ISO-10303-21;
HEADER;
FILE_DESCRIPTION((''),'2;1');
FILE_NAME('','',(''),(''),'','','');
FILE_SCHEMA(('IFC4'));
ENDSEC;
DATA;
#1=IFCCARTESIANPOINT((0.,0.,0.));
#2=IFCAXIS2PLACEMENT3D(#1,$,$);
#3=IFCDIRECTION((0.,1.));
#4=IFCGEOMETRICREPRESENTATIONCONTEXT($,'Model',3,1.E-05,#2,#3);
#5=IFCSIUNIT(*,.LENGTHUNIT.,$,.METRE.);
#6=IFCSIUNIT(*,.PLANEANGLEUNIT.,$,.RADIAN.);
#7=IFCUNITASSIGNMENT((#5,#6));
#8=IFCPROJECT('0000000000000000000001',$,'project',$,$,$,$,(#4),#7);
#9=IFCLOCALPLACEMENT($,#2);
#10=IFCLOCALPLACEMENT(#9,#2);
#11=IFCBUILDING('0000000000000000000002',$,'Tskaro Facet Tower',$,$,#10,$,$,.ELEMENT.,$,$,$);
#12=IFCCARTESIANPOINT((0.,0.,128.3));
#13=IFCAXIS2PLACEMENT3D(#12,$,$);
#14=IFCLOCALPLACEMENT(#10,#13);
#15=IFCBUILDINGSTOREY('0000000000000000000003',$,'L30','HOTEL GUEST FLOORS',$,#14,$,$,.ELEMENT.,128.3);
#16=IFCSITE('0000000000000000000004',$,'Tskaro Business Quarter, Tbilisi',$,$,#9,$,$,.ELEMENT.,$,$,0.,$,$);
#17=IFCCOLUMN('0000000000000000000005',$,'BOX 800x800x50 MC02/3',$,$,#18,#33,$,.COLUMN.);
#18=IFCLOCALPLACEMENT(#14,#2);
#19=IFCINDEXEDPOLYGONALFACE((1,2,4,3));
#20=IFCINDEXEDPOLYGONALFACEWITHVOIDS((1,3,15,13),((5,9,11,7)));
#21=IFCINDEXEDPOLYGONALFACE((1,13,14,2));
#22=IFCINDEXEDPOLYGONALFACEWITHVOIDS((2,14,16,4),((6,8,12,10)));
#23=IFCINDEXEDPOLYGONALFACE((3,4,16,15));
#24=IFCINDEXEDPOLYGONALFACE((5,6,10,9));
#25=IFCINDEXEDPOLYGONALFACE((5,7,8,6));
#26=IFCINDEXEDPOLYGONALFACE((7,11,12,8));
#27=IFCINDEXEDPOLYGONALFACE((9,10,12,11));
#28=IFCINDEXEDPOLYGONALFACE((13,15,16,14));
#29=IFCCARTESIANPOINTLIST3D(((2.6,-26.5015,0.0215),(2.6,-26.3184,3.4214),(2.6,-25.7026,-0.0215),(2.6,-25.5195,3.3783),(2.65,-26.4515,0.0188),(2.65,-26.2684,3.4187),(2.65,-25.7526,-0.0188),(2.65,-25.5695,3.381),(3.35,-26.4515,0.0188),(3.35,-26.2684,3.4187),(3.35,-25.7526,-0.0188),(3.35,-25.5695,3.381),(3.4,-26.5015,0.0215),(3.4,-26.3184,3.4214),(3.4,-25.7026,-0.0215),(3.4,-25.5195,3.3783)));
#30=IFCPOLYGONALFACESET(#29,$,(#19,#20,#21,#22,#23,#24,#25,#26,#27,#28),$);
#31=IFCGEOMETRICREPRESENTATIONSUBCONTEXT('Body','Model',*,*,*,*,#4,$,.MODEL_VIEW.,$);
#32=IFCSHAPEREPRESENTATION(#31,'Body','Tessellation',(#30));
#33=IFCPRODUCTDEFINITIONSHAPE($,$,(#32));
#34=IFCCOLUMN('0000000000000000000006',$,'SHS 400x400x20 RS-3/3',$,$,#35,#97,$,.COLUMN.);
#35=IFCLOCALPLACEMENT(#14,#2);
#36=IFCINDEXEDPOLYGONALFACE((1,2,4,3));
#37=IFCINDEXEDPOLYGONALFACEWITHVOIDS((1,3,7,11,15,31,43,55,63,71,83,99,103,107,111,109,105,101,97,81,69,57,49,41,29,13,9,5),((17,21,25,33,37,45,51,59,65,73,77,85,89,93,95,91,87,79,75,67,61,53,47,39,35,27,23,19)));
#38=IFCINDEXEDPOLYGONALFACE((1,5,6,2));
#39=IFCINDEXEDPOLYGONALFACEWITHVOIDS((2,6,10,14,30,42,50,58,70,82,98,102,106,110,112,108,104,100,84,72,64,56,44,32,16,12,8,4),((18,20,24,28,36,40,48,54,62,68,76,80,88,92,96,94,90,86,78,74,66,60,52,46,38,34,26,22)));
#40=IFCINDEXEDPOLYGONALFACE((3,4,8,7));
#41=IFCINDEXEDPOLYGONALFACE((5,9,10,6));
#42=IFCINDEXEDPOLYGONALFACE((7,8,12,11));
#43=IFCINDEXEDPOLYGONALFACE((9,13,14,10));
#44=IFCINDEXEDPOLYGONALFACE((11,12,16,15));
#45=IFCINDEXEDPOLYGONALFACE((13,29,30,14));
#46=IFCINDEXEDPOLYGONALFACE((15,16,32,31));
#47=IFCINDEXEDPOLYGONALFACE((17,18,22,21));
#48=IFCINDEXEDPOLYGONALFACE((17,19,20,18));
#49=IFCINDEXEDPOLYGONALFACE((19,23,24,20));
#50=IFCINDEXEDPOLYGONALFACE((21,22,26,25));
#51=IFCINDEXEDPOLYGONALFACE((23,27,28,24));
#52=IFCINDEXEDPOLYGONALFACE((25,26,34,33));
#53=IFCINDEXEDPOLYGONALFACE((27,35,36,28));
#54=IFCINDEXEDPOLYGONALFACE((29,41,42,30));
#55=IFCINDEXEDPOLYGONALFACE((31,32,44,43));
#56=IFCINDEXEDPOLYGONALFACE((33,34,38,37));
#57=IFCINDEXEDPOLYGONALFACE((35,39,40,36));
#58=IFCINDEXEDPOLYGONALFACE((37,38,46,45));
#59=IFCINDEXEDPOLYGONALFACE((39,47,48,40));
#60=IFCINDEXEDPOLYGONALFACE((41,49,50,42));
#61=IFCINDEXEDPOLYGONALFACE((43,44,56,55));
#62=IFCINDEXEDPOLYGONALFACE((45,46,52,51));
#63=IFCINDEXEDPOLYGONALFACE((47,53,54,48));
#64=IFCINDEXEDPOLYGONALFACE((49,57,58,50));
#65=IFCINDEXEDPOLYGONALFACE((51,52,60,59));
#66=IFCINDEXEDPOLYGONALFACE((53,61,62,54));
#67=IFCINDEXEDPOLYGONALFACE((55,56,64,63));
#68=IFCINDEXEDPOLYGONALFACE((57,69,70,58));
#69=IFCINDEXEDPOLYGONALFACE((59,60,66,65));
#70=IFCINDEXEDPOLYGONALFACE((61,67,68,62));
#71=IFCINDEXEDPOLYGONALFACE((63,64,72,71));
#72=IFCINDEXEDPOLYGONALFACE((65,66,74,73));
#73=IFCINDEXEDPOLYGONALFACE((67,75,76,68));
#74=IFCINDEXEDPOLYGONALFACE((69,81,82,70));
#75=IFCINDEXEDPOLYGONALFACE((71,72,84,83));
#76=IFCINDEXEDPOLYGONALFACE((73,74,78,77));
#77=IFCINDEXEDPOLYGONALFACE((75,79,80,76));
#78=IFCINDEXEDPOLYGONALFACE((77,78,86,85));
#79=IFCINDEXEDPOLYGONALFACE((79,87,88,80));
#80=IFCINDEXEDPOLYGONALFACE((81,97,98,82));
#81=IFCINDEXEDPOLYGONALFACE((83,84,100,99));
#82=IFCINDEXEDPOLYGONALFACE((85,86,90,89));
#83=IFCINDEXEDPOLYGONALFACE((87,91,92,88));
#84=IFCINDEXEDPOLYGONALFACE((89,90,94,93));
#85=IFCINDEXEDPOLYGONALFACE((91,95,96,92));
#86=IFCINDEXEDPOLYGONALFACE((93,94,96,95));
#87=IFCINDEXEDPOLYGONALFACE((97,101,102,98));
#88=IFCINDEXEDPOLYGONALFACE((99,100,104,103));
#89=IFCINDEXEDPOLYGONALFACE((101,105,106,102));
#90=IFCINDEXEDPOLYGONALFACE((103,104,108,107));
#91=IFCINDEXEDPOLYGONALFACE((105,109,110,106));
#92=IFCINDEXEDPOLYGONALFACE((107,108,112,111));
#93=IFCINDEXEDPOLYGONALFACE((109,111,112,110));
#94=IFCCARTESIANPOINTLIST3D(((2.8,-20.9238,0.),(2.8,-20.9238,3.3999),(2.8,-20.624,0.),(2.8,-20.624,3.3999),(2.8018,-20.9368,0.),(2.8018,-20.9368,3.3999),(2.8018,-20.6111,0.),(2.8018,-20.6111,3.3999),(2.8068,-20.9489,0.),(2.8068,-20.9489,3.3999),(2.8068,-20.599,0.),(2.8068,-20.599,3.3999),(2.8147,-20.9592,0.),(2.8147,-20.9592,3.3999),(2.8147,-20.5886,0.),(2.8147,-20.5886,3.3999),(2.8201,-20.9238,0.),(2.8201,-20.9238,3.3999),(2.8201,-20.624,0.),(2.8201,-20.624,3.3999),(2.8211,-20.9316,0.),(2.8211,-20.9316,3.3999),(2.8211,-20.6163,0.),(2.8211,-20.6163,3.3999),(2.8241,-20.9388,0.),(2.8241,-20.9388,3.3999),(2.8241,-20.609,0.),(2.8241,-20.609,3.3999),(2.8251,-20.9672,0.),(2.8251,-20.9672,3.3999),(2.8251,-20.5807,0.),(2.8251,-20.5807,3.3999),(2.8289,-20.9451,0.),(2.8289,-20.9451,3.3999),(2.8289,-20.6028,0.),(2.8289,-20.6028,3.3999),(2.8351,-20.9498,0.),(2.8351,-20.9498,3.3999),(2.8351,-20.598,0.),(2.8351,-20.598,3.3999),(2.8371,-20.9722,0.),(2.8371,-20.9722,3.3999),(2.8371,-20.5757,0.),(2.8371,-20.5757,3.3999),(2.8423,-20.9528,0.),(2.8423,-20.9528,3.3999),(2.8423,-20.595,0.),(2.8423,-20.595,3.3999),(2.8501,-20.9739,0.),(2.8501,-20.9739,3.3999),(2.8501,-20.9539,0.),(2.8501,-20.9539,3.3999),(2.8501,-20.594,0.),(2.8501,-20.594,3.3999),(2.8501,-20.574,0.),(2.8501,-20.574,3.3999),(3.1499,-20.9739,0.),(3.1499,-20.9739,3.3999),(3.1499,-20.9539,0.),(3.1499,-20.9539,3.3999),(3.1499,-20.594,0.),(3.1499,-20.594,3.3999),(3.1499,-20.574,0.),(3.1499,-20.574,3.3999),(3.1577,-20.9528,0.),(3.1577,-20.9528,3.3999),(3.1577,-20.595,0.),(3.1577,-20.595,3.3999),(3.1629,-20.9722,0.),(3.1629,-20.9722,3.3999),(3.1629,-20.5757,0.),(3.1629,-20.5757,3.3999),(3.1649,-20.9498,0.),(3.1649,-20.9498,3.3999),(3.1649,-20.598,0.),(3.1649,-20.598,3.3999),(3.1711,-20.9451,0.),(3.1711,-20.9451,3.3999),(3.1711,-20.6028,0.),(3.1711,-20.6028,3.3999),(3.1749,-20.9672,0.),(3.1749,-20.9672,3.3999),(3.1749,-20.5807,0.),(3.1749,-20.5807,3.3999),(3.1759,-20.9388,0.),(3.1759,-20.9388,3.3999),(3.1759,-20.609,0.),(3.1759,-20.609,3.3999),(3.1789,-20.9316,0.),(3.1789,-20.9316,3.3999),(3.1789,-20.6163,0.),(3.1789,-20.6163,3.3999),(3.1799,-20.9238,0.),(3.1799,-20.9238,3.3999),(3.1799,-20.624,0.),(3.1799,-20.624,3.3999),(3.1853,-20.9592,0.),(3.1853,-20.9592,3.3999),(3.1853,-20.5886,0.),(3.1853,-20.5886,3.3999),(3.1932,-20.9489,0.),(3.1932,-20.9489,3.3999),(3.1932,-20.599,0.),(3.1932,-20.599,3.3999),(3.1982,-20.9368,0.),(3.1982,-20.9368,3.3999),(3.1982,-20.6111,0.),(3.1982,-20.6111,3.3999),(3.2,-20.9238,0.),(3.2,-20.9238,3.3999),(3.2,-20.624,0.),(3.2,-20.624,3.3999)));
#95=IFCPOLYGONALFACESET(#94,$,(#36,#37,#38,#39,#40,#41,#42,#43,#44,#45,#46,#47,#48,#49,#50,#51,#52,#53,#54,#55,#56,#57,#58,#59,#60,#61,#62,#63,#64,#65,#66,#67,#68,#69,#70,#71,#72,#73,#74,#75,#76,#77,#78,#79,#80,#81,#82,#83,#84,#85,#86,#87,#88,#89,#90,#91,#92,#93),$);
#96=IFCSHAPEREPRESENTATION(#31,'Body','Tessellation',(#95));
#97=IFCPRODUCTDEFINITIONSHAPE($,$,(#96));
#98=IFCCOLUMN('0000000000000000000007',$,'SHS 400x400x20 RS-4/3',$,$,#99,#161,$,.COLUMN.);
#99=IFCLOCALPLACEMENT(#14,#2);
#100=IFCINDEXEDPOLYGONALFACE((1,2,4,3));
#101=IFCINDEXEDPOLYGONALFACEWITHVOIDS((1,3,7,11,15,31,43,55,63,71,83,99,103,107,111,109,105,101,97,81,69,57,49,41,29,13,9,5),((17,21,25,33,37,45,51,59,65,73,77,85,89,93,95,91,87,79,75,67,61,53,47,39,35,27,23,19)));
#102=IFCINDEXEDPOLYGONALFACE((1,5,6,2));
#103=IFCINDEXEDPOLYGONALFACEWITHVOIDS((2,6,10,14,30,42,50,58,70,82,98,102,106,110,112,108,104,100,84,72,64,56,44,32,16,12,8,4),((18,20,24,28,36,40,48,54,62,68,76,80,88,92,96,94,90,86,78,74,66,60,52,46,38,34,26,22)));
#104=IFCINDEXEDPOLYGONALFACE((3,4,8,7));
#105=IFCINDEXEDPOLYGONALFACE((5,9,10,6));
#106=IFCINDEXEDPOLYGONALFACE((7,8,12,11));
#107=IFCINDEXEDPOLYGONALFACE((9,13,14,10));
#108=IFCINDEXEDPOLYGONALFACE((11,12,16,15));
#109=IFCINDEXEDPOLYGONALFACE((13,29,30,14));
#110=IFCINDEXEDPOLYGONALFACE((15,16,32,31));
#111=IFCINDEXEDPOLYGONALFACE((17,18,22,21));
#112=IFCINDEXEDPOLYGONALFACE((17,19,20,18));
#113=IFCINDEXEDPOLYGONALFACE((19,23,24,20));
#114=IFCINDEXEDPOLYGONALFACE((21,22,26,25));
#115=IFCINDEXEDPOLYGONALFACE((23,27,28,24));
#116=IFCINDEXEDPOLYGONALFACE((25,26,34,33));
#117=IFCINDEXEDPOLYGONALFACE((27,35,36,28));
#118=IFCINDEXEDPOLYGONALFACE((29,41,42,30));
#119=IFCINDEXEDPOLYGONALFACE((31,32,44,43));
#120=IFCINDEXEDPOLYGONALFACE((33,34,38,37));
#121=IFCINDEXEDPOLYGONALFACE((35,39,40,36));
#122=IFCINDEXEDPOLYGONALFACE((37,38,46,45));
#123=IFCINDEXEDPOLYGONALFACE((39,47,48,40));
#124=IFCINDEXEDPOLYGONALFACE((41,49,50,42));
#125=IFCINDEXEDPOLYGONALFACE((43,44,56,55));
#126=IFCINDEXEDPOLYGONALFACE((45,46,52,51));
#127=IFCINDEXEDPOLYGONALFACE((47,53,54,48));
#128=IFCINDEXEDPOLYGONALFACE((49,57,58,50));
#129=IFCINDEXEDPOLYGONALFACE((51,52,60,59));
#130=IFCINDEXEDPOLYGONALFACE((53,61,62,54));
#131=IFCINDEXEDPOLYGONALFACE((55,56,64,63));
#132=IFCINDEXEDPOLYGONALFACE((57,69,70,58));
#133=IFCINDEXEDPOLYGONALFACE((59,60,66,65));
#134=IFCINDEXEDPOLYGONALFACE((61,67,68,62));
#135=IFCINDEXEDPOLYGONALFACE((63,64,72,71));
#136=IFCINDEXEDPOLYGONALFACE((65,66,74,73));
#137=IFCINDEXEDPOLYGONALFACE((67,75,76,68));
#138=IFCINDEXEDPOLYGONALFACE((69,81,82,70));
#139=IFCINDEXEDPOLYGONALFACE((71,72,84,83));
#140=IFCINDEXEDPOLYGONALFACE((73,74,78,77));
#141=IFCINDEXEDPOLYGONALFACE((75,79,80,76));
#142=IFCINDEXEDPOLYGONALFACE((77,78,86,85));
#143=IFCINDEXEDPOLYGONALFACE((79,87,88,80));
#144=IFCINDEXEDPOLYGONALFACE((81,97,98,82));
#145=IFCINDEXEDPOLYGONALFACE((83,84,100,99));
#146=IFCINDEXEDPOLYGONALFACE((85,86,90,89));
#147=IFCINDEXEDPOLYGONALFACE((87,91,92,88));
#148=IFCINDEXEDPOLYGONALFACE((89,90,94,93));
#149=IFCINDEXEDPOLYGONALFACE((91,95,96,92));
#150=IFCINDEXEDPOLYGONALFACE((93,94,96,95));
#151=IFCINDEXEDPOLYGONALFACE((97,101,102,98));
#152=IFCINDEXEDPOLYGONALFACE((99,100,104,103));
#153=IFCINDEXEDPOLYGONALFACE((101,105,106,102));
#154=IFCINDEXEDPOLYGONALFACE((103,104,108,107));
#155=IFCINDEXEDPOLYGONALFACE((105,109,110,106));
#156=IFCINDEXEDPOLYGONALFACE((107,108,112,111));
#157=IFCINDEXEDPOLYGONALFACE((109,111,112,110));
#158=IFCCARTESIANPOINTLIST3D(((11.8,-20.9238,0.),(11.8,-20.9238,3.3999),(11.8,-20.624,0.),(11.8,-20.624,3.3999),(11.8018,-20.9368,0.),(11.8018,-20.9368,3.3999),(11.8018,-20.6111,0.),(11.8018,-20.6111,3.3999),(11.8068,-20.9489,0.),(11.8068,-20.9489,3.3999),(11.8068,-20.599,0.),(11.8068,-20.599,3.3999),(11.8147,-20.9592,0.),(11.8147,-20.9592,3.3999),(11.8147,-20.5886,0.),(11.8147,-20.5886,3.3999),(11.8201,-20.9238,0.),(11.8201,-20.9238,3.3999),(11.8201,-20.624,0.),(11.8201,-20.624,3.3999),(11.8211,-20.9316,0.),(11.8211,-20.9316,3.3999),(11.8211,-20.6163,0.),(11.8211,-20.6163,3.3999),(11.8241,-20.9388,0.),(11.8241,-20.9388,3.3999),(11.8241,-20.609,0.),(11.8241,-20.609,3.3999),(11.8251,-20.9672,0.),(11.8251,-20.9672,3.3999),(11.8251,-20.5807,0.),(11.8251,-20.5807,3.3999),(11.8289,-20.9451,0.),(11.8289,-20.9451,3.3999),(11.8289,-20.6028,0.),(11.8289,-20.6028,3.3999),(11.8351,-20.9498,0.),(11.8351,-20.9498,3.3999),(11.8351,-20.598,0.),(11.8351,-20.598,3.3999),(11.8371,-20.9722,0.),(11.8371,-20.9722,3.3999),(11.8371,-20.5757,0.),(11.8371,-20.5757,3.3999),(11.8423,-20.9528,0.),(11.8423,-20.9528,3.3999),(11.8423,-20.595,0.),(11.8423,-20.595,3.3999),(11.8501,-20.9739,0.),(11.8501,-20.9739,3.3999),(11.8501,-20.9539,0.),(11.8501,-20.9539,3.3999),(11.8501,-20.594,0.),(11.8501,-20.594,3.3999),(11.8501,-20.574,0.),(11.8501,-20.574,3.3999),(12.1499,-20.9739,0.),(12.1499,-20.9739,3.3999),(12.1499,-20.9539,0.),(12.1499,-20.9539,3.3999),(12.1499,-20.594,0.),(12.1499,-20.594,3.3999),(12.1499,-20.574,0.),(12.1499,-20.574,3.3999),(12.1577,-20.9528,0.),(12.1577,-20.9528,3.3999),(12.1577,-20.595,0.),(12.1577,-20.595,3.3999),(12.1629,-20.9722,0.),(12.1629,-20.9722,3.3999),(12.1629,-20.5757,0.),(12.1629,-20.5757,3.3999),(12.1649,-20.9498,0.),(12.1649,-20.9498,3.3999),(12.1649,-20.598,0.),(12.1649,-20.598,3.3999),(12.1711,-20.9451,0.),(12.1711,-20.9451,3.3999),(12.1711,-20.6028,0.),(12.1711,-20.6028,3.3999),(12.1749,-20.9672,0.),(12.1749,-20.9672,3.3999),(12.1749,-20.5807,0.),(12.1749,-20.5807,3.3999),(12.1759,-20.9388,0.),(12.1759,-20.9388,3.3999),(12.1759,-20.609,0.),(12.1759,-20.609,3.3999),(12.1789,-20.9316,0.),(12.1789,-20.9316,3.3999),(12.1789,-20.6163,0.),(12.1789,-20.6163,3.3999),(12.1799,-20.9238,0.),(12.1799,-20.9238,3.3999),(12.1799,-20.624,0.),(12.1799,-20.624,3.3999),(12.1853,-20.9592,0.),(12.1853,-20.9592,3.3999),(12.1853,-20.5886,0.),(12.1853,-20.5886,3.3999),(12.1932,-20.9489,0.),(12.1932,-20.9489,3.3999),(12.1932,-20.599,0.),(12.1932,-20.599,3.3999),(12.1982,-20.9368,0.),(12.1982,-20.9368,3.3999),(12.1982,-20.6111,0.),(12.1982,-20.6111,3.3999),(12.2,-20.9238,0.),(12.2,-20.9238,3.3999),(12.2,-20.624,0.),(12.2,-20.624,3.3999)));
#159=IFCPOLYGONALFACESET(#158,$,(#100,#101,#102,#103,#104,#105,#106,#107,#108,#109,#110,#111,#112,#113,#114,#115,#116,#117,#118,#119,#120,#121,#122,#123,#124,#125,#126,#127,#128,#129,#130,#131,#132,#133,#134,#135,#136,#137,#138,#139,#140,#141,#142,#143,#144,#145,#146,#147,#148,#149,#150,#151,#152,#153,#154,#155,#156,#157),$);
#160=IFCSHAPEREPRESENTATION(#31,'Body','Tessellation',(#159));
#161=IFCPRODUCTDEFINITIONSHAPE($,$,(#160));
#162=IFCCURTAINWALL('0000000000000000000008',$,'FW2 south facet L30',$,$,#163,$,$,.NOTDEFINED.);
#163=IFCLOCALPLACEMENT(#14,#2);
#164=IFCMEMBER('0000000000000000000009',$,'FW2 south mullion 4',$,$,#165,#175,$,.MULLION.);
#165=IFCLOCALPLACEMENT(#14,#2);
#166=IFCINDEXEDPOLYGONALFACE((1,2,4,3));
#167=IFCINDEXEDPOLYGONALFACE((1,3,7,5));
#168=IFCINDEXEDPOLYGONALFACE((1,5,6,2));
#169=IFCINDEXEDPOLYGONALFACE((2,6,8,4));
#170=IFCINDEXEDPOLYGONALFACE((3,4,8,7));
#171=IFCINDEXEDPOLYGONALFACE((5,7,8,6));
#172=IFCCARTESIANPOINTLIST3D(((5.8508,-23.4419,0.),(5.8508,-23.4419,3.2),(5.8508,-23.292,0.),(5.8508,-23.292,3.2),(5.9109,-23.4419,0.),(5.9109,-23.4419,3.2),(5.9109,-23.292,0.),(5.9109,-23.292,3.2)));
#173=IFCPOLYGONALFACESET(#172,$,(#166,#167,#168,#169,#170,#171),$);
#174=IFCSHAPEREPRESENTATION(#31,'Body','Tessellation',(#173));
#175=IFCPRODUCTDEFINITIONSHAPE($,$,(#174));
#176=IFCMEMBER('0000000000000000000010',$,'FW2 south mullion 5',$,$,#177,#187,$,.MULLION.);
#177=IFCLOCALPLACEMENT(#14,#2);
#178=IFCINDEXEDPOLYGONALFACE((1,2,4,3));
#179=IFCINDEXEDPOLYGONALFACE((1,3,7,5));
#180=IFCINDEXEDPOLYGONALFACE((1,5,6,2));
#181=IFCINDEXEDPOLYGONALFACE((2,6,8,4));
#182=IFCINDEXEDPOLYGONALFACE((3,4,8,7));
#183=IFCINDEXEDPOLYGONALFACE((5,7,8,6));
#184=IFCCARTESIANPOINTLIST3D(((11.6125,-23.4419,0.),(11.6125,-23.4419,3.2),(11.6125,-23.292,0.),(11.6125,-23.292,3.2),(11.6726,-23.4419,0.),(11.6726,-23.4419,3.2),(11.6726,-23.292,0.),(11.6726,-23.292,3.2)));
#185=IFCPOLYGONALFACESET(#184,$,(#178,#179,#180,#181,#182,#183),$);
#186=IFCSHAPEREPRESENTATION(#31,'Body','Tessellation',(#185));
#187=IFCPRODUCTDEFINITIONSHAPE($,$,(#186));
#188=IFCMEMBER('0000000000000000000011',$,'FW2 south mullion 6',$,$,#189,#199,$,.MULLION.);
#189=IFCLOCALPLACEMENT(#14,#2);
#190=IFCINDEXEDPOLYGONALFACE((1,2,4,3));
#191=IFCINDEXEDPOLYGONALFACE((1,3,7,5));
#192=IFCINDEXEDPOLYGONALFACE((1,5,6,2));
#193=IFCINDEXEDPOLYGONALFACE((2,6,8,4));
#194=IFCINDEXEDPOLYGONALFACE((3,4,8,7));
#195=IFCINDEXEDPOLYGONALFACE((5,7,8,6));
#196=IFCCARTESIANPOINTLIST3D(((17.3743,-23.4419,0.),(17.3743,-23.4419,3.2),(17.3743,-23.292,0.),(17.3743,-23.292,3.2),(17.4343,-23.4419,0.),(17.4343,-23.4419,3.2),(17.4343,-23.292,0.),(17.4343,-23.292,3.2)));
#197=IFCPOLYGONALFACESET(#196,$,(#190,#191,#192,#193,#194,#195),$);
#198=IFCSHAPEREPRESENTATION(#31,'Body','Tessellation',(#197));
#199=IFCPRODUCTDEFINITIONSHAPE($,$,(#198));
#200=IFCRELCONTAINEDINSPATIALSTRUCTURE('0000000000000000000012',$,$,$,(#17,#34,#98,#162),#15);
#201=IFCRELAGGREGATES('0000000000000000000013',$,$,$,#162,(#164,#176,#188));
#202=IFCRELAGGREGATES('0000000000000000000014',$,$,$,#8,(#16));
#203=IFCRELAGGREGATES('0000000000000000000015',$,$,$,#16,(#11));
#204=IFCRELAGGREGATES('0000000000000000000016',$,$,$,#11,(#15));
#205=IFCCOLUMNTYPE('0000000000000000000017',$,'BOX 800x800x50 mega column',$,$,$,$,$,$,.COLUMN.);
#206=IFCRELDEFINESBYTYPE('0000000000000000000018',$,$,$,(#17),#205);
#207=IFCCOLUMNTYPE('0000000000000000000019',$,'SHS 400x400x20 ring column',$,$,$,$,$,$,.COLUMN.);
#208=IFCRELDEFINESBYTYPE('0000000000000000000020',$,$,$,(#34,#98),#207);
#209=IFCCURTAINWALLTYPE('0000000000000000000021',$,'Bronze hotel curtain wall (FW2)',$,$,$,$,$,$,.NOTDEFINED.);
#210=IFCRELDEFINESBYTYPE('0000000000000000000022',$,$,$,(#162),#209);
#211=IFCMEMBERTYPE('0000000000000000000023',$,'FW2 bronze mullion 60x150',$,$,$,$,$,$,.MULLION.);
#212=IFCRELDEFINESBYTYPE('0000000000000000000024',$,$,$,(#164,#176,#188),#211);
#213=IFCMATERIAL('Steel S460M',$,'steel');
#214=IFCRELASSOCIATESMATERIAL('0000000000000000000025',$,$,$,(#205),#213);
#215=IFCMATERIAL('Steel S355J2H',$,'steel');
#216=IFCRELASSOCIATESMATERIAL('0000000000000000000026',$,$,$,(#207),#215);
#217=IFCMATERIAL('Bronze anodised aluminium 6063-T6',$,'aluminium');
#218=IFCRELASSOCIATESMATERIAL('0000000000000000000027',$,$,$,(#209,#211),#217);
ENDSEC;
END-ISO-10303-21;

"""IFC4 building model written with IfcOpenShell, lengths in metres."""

from ifc_helpers import new_model, si_unit, direction, frame, origin, origin_2d, place, context, subcontext, project, spatial, rectangle, hollow_rectangle, extrude, material, material_profile, profile_set, type_object, element, aggregate, save


model = new_model("IFC4")

# Units and contexts
model_context = context("Model", 3, precision=1e-05, world=origin(), true_north=direction((0.0, 1.0)))
body_context = subcontext(model_context, "Body", "Model", "MODEL_VIEW")
ifc_project = project(units=[si_unit("LENGTHUNIT", "METRE"), si_unit("PLANEANGLEUNIT", "RADIAN")], contexts=[model_context])

# Site, building, storey
site_placement = place(None, origin())
site = spatial("IfcSite", under=ifc_project, at=site_placement, Name="Tskaro Business Quarter, Tbilisi", CompositionType="ELEMENT", RefElevation=0.0)
building_placement = place(site_placement, origin())
building = spatial("IfcBuilding", under=site, at=building_placement, Name="Tskaro Facet Tower", CompositionType="ELEMENT")
storey_placement = place(building_placement, frame((0.0, 0.0, 128.3)))
storey = spatial("IfcBuildingStorey", under=building, at=storey_placement, Name="L30", Description="HOTEL GUEST FLOORS", CompositionType="ELEMENT", Elevation=128.3)

# Columns
ifc_material_1 = material(Name="Steel S460M", Category="steel")
ifc_material_profile_1 = material_profile(ifc_material_1, hollow_rectangle(XDim=0.8, YDim=0.8, WallThickness=0.05, at=origin_2d()), Name="BOX 800x800x50")
ifc_profile_set_1 = profile_set([ifc_material_profile_1], Name="Steel S460M")
column_type_1 = type_object("IfcColumnType", Name="BOX 800x800x50 mega column", PredefinedType="COLUMN", material=ifc_profile_set_1)
column_placement = place(storey_placement, frame((3.0, -26.1021, 0.0), z_axis=(0.0, 0.053778, 0.998553), x_axis=(-1.0, 0.0, 0.0)))
element("IfcColumn", 1, at=column_placement, inside=storey, type_object=column_type_1, Name="BOX 800x800x50 MC02/3", PredefinedType="COLUMN", context=body_context, shape_type="SweptSolid", body=[
    extrude(hollow_rectangle(XDim=0.8, YDim=0.8, WallThickness=0.05, at=origin_2d()), origin(), (0.0, 0.0, 1.0), 3.4048),
])
ifc_material_2 = material(Name="Steel S355J2H", Category="steel")
ifc_material_profile_2 = material_profile(ifc_material_2, hollow_rectangle(XDim=0.3999, YDim=0.3999, WallThickness=0.02, InnerFilletRadius=0.03, OuterFilletRadius=0.05, at=origin_2d()), Name="SHS 400x400x20")
ifc_profile_set_2 = profile_set([ifc_material_profile_2], Name="Steel S355J2H")
column_type_2 = type_object("IfcColumnType", Name="SHS 400x400x20 ring column", PredefinedType="COLUMN", material=ifc_profile_set_2)
for number, where, z_axis, x_axis, name in (
    (2, (3.0, -20.7739, 0.0), (0.0, 0.0, 1.0), (1.0, 0.0, 0.0), "SHS 400x400x20 RS-3/3"),
    (3, (12.0, -20.7739, 0.0), (0.0, 0.0, 1.0), (1.0, 0.0, 0.0), "SHS 400x400x20 RS-4/3"),
):
    element("IfcColumn", number, at=place(storey_placement, frame(where, z_axis=z_axis, x_axis=x_axis)), inside=storey, type_object=column_type_2, Name=name, PredefinedType="COLUMN", context=body_context, shape_type="SweptSolid", body=[
        extrude(hollow_rectangle(XDim=0.3999, YDim=0.3999, WallThickness=0.02, InnerFilletRadius=0.03, OuterFilletRadius=0.05, at=origin_2d()), origin(), (0.0, 0.0, 1.0), 3.3999),
    ])

# Curtain wall, members
ifc_material_3 = material(Name="Bronze anodised aluminium 6063-T6", Category="aluminium")
curtain_wall_type = type_object("IfcCurtainWallType", Name="Bronze hotel curtain wall (FW2)", PredefinedType="NOTDEFINED", material=ifc_material_3)
curtain_wall_placement = place(storey_placement, origin())
curtain_wall = element("IfcCurtainWall", 4, at=curtain_wall_placement, inside=storey, type_object=curtain_wall_type, Name="FW2 south facet L30", PredefinedType="NOTDEFINED")
ifc_material_profile_3 = material_profile(ifc_material_3, rectangle(XDim=0.0601, YDim=0.1499, at=origin_2d()), Name="Mullion 60x150")
ifc_profile_set_3 = profile_set([ifc_material_profile_3], Name="Bronze anodised aluminium 6063-T6")
member_type_1 = type_object("IfcMemberType", Name="FW2 bronze mullion 60x150", PredefinedType="MULLION", material=ifc_profile_set_3)
member_1_placement = place(storey_placement, frame((5.8809, -23.3669, 0.0), z_axis=(0.0, 0.0, 1.0), x_axis=(1.0, 0.0, 0.0)))
member_1 = element("IfcMember", 5, at=member_1_placement, type_object=member_type_1, Name="FW2 south mullion 4", PredefinedType="MULLION", context=body_context, shape_type="SweptSolid", body=[
    extrude(rectangle(XDim=0.0601, YDim=0.1499, at=origin_2d()), origin(), (0.0, 0.0, 1.0), 3.2),
])
member_2_placement = place(storey_placement, frame((11.6426, -23.3669, 0.0), z_axis=(0.0, 0.0, 1.0), x_axis=(1.0, 0.0, 0.0)))
member_2 = element("IfcMember", 6, at=member_2_placement, type_object=member_type_1, Name="FW2 south mullion 5", PredefinedType="MULLION", context=body_context, shape_type="SweptSolid", body=[
    extrude(rectangle(XDim=0.0601, YDim=0.1499, at=origin_2d()), origin(), (0.0, 0.0, 1.0), 3.2),
])
member_3_placement = place(storey_placement, frame((17.4043, -23.3669, 0.0), z_axis=(0.0, 0.0, 1.0), x_axis=(1.0, 0.0, 0.0)))
member_3 = element("IfcMember", 7, at=member_3_placement, type_object=member_type_1, Name="FW2 south mullion 6", PredefinedType="MULLION", context=body_context, shape_type="SweptSolid", body=[
    extrude(rectangle(XDim=0.0601, YDim=0.1499, at=origin_2d()), origin(), (0.0, 0.0, 1.0), 3.2),
])

aggregate(curtain_wall, [member_1, member_2, member_3])

save(model, "model.ifc")
